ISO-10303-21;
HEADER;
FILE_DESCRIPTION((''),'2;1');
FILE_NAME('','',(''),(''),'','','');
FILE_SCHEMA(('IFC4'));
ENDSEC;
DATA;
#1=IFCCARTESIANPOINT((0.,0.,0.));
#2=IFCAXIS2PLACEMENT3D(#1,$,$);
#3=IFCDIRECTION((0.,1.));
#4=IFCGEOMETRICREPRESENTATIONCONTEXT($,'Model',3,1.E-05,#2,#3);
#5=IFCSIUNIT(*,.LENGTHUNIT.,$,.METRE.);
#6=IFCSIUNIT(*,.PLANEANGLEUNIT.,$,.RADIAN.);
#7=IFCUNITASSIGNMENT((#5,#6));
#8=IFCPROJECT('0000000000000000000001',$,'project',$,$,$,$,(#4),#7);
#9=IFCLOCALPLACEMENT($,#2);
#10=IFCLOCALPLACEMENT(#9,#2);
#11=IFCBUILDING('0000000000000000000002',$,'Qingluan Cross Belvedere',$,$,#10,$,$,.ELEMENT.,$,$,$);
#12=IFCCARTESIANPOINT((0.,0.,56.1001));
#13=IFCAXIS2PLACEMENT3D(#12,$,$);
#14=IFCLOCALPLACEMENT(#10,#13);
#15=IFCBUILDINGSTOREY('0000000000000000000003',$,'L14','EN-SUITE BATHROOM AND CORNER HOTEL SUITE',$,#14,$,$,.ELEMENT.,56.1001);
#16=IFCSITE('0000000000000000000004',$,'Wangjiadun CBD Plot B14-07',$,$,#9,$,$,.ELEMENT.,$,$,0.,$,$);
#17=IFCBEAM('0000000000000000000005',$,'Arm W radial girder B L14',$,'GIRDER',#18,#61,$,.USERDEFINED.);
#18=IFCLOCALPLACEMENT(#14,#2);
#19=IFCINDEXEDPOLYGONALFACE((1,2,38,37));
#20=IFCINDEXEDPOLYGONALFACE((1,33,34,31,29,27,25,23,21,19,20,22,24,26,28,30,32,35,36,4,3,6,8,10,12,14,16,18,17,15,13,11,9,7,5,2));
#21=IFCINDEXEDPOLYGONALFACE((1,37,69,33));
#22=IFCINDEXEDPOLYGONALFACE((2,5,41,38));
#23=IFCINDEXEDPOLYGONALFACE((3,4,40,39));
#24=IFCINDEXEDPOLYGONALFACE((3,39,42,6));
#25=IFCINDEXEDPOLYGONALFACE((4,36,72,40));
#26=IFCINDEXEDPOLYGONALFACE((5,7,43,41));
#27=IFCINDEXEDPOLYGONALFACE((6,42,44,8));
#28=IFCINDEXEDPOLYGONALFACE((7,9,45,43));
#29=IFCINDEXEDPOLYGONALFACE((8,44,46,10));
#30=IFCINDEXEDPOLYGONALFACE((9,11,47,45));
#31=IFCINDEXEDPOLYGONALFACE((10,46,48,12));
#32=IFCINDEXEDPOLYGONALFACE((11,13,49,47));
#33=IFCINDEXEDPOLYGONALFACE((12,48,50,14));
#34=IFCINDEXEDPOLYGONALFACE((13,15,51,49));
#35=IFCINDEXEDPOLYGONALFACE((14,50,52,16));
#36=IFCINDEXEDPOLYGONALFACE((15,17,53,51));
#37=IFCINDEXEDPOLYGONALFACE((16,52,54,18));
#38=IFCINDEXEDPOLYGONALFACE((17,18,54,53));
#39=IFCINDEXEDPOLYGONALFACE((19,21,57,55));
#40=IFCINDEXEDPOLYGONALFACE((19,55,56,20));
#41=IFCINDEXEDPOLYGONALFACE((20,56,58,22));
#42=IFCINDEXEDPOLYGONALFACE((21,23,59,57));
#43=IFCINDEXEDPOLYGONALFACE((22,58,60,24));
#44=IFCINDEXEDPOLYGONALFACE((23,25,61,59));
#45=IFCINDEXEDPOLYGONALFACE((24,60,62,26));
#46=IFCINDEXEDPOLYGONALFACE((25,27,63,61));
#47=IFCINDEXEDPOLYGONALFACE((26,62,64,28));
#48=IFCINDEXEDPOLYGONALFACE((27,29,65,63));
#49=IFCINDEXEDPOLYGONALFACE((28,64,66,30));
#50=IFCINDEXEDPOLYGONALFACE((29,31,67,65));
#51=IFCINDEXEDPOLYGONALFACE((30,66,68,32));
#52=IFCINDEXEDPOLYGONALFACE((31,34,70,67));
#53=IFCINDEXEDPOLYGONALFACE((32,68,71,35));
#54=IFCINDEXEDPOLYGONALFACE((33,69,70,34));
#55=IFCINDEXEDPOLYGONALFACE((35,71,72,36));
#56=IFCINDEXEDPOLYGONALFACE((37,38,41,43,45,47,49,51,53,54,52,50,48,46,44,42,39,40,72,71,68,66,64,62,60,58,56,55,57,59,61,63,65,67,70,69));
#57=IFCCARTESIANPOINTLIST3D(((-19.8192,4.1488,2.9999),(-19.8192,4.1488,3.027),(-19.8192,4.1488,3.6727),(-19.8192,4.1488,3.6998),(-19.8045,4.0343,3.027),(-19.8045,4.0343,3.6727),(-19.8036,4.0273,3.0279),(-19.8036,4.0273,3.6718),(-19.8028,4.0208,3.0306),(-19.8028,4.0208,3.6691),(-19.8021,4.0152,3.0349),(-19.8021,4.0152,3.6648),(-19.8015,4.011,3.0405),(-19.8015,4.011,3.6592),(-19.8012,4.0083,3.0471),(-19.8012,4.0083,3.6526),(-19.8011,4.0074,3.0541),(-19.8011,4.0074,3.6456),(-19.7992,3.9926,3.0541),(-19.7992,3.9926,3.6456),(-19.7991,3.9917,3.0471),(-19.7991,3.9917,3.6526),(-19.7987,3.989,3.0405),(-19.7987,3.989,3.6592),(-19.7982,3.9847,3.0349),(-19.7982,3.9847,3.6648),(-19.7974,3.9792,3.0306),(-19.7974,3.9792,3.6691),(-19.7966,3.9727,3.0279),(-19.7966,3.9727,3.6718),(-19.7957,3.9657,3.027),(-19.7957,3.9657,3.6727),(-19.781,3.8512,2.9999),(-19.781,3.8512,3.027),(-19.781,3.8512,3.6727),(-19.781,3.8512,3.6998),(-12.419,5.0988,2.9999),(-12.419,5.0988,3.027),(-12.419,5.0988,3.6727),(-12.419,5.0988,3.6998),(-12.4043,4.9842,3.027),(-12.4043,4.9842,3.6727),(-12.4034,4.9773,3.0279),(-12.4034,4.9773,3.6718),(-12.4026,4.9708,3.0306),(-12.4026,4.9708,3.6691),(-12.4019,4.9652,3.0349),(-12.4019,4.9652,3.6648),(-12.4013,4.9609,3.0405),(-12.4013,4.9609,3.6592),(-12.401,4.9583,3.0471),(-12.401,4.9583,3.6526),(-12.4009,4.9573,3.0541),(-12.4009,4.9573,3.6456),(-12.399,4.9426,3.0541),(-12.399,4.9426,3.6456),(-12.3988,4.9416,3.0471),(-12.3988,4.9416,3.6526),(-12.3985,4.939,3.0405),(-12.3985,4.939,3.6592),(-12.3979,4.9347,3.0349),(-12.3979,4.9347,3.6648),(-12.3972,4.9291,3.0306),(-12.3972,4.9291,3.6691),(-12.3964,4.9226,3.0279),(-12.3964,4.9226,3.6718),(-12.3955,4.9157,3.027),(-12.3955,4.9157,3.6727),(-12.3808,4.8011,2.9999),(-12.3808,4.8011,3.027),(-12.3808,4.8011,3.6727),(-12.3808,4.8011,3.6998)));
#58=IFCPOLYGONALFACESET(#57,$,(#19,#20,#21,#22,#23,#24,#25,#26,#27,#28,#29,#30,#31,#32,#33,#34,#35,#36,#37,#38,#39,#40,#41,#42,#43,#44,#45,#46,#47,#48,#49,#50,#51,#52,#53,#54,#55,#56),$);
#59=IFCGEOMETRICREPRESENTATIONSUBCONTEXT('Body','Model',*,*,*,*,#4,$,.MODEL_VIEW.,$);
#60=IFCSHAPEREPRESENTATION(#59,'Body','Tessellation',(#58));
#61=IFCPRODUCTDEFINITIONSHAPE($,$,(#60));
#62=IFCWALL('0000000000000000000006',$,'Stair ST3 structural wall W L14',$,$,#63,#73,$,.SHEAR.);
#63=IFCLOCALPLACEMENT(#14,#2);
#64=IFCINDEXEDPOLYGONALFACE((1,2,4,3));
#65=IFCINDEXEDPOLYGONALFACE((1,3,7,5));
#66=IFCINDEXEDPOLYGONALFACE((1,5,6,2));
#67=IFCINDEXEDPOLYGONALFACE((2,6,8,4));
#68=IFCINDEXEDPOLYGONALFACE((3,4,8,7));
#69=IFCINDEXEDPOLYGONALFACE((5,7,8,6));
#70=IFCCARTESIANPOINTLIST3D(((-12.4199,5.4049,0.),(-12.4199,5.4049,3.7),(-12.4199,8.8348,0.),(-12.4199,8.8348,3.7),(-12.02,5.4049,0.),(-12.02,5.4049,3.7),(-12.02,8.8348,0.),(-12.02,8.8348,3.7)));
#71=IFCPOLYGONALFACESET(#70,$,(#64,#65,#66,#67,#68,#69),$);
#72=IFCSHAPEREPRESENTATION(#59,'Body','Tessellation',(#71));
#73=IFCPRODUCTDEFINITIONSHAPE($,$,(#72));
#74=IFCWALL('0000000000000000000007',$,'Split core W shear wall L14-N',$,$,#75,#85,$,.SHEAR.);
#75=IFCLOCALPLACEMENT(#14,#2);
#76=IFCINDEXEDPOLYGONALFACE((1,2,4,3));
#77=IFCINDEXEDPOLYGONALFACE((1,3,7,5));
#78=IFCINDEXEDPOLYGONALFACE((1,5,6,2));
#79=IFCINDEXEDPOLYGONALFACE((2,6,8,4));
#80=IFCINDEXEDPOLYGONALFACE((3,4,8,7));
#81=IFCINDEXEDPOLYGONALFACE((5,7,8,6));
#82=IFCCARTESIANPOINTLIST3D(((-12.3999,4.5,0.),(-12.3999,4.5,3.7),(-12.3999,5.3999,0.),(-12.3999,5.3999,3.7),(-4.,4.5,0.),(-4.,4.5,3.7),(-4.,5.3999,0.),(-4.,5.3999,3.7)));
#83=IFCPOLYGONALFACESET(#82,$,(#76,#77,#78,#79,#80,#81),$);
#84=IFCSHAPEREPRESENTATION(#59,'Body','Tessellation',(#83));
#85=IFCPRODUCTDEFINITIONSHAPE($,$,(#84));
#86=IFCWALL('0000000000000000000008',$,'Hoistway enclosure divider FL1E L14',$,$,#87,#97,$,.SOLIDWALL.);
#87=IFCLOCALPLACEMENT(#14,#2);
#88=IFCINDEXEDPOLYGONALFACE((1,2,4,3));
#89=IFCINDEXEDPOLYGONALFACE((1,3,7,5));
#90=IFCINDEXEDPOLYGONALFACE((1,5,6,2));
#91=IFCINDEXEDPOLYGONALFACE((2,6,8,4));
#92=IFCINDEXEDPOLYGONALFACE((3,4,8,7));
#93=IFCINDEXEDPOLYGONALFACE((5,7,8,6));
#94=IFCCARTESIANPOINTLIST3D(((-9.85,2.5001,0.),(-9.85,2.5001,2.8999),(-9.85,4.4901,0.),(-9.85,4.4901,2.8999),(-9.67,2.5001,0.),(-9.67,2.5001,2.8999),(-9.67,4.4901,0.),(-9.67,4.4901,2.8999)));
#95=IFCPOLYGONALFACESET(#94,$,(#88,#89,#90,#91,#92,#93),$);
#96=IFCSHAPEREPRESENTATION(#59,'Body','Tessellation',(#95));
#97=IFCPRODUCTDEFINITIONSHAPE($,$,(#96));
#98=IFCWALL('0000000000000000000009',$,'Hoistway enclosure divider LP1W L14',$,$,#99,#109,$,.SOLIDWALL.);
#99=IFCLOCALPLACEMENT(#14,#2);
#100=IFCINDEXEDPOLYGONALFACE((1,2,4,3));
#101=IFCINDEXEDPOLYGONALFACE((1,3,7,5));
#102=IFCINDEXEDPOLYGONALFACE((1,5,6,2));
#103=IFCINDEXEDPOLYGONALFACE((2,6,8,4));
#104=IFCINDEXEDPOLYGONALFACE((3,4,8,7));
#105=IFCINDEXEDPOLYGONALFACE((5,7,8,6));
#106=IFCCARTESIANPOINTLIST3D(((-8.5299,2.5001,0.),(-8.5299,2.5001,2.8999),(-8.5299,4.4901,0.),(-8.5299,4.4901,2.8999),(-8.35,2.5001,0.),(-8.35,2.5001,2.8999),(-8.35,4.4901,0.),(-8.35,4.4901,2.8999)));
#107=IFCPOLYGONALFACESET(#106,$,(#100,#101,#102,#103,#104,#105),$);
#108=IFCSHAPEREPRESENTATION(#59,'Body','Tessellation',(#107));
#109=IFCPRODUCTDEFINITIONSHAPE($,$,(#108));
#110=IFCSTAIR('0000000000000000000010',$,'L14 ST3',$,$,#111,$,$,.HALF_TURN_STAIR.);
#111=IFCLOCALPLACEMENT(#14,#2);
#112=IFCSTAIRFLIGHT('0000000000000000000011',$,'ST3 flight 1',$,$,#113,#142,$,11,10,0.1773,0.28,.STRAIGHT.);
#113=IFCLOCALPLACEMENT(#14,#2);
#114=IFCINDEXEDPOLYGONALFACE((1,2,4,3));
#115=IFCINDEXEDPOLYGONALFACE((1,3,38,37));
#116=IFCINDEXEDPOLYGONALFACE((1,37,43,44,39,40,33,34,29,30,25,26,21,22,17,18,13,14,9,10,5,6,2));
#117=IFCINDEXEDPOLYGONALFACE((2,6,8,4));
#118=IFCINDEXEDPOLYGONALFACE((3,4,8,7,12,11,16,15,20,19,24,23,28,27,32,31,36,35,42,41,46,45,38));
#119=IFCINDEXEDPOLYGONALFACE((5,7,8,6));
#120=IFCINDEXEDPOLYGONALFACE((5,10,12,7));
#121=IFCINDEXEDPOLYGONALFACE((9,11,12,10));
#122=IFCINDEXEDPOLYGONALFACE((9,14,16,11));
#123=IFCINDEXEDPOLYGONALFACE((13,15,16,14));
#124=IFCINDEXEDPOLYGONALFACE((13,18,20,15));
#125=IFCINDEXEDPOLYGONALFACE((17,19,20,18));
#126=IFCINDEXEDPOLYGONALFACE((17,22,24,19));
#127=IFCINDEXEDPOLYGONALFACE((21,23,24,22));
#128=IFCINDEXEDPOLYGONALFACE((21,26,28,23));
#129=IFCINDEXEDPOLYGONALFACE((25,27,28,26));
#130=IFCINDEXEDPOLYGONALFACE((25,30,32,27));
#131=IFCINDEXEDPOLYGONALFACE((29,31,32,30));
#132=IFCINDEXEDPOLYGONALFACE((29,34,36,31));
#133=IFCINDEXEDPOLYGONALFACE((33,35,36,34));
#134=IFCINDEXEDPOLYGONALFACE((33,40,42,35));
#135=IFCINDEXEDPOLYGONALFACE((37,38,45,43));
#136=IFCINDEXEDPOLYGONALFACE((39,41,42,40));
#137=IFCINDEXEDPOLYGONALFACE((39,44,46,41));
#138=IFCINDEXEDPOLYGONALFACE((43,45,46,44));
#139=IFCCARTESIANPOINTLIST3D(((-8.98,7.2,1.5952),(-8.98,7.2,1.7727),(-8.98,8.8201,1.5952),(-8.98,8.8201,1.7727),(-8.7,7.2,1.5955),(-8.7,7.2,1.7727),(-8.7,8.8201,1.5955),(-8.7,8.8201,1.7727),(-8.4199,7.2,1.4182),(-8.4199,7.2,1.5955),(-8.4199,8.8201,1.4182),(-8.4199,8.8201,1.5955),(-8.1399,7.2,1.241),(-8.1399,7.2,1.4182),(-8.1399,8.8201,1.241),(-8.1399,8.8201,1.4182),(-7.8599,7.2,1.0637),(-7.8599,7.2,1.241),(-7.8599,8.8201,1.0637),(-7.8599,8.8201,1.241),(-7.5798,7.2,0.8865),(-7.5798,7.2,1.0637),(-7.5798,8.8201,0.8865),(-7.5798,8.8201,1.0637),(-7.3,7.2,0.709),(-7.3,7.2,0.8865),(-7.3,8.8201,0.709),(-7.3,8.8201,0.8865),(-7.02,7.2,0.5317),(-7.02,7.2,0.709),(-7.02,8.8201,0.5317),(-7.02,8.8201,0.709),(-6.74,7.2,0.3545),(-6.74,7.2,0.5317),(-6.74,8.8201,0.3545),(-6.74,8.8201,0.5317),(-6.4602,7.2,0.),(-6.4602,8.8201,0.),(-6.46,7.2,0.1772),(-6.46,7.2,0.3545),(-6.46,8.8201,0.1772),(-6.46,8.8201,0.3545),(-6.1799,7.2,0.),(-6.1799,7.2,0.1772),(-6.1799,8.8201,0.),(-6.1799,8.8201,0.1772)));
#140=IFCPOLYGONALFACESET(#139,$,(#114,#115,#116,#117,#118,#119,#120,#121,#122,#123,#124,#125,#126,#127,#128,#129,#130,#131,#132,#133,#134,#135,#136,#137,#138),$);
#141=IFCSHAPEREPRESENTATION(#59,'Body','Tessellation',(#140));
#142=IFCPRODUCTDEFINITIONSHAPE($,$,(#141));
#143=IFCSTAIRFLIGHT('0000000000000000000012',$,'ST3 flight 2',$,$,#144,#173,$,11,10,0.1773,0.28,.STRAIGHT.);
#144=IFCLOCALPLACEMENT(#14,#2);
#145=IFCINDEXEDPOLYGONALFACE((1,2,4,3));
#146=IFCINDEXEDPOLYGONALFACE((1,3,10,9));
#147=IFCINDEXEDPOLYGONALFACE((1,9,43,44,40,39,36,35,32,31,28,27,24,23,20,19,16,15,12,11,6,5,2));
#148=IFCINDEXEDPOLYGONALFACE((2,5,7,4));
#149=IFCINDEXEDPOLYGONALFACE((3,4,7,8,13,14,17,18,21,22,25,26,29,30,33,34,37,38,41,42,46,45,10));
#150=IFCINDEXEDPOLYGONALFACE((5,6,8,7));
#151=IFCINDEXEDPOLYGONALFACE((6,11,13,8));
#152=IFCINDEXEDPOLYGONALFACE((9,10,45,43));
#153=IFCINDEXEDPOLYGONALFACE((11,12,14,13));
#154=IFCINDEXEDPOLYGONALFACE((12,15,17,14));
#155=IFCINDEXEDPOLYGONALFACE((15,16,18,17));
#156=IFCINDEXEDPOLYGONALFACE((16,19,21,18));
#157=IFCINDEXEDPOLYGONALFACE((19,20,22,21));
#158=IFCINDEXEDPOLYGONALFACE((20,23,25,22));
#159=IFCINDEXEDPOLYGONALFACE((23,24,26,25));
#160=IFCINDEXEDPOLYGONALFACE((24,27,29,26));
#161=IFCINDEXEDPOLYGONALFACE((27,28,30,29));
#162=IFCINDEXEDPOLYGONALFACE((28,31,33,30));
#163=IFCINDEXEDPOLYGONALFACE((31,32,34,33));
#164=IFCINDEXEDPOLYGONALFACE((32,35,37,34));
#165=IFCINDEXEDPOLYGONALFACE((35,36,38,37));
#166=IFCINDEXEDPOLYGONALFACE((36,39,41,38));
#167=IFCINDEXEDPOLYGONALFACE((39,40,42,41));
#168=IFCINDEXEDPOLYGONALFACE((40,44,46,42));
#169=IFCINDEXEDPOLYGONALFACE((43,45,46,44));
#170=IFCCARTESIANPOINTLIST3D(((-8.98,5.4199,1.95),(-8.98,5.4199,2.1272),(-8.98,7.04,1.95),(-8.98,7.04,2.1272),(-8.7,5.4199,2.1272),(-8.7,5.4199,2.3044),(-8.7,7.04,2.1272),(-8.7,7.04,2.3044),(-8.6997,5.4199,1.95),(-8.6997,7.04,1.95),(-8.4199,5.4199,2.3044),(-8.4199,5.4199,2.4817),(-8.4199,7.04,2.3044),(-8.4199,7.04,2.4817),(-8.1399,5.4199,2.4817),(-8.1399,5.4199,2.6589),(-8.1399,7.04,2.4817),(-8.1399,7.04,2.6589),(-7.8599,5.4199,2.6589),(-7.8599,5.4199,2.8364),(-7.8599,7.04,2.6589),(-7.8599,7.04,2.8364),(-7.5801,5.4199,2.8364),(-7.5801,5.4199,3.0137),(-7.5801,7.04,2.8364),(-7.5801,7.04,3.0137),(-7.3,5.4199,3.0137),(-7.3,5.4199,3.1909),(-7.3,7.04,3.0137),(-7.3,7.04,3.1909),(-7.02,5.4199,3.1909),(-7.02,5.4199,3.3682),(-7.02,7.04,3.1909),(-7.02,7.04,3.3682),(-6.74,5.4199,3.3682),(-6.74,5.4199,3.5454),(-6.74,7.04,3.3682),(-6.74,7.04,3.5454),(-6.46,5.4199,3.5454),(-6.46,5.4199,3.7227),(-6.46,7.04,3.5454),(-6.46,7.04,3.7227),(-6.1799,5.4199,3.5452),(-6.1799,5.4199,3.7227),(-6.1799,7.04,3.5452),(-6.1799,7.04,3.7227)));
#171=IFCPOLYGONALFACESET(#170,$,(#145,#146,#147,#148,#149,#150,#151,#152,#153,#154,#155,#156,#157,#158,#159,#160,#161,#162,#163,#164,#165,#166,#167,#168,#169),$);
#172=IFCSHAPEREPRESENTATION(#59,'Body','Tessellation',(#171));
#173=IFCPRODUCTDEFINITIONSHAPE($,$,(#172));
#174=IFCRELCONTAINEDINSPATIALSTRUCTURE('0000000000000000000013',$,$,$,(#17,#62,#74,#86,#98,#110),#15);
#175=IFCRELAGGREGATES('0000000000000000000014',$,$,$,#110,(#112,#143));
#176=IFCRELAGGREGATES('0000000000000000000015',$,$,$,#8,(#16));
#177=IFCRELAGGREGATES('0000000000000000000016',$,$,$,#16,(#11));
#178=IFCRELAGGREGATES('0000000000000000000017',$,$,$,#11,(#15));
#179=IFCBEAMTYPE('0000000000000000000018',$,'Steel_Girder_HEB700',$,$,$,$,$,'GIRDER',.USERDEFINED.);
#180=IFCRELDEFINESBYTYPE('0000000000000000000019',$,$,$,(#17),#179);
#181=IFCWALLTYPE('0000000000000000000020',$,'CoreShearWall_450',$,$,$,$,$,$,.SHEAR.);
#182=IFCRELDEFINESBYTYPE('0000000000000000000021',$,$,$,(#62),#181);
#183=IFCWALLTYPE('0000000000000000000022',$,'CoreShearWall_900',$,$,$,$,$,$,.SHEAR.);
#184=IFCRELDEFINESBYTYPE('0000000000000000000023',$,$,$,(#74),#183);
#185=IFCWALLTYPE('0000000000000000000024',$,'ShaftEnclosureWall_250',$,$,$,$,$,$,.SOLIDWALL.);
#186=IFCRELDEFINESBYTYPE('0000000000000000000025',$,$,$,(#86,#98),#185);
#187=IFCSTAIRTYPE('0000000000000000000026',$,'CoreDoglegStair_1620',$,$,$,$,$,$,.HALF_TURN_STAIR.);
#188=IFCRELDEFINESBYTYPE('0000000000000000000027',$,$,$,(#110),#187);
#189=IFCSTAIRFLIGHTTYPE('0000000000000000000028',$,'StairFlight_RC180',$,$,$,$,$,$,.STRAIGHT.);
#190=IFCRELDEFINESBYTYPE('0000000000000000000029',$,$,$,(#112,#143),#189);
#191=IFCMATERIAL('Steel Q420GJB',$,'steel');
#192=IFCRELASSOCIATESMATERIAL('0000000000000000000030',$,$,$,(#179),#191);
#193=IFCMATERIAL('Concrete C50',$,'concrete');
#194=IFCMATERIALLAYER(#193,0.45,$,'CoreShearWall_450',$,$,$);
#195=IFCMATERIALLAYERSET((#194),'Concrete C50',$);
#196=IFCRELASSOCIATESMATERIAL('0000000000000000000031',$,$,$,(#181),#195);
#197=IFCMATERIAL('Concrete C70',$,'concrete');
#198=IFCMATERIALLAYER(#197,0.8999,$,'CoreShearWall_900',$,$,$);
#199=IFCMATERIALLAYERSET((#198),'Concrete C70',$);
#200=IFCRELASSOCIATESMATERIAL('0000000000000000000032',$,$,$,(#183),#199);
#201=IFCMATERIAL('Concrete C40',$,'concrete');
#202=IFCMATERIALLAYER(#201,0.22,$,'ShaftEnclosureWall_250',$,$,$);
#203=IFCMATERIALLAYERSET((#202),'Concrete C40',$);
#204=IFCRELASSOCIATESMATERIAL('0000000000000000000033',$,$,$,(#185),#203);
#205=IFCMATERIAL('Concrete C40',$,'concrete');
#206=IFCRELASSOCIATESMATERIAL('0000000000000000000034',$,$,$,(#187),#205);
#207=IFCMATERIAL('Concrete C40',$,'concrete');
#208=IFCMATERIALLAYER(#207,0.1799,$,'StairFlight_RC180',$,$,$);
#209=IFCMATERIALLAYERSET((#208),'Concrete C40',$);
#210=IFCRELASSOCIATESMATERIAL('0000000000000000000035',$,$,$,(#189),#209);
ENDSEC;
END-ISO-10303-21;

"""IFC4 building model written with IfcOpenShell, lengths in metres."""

from ifc_helpers import new_model, si_unit, direction, frame, frame_2d, origin, origin_2d, place, context, subcontext, project, spatial, polyline, rectangle, i_section, outline, extrude, material, layer, layer_set, material_profile, profile_set, type_object, element, aggregate, save


model = new_model("IFC4")

# Units and contexts
model_context = context("Model", 3, precision=1e-05, world=origin(), true_north=direction((0.0, 1.0)))
body_context = subcontext(model_context, "Body", "Model", "MODEL_VIEW")
ifc_project = project(units=[si_unit("LENGTHUNIT", "METRE"), si_unit("PLANEANGLEUNIT", "RADIAN")], contexts=[model_context])

# Site, building, storey
site_placement = place(None, origin())
site = spatial("IfcSite", under=ifc_project, at=site_placement, Name="Wangjiadun CBD Plot B14-07", CompositionType="ELEMENT", RefElevation=0.0)
building_placement = place(site_placement, origin())
building = spatial("IfcBuilding", under=site, at=building_placement, Name="Qingluan Cross Belvedere", CompositionType="ELEMENT")
storey_placement = place(building_placement, frame((0.0, 0.0, 56.1001)))
storey = spatial("IfcBuildingStorey", under=building, at=storey_placement, Name="L14", Description="EN-SUITE BATHROOM AND CORNER HOTEL SUITE", CompositionType="ELEMENT", Elevation=56.1001)

# Beam
ifc_material_1 = material(Name="Steel Q420GJB", Category="steel")
ifc_material_profile_1 = material_profile(ifc_material_1, i_section(OverallWidth=0.3, OverallDepth=0.7, WebThickness=0.0149, FlangeThickness=0.0271, FilletRadius=0.0271, at=origin_2d()), Name="HEB700")
ifc_profile_set_1 = profile_set([ifc_material_profile_1], Name="Steel Q420GJB")
beam_type_1 = type_object("IfcBeamType", Name="Steel_Girder_HEB700", ElementType="GIRDER", PredefinedType="USERDEFINED", material=ifc_profile_set_1)
beam_1_placement = place(storey_placement, frame((-12.3999, 4.95, 3.3499), z_axis=(-0.991861, -0.127324, 0.0), x_axis=(0.127324, -0.991861, 0.0)))
element("IfcBeam", 1, at=beam_1_placement, inside=storey, type_object=beam_type_1, Name="Arm W radial girder B L14", ObjectType="GIRDER", PredefinedType="USERDEFINED", context=body_context, shape_type="SweptSolid", body=[
    extrude(i_section(OverallWidth=0.3, OverallDepth=0.7, WebThickness=0.0149, FlangeThickness=0.0271, FilletRadius=0.0271, at=origin_2d()), origin(), (0.0, 0.0, 1.0), 7.4609),
])

# Wall
ifc_material_2 = material(Name="Concrete C50", Category="concrete")
ifc_layer_1 = layer(ifc_material_2, 0.45, Name="CoreShearWall_450")
ifc_layer_set_1 = layer_set([ifc_layer_1], Name="Concrete C50")
wall_type_1 = type_object("IfcWallType", Name="CoreShearWall_450", PredefinedType="SHEAR", material=ifc_layer_set_1)
wall_1_placement = place(storey_placement, frame((-12.22, 5.405, 0.0), z_axis=(0.0, 0.0, 1.0), x_axis=(0.0, 1.0, 0.0)))
element("IfcWall", 2, at=wall_1_placement, inside=storey, type_object=wall_type_1, Name="Stair ST3 structural wall W L14", PredefinedType="SHEAR", context=body_context, shape_type="SweptSolid", body=[
    extrude(rectangle(XDim=3.4299, YDim=0.3999, at=frame_2d((1.7148, 0.0))), origin(), (0.0, 0.0, 1.0), 3.7),
])

# Wall
ifc_material_3 = material(Name="Concrete C70", Category="concrete")
ifc_layer_2 = layer(ifc_material_3, 0.8999, Name="CoreShearWall_900")
ifc_layer_set_2 = layer_set([ifc_layer_2], Name="Concrete C70")
wall_type_2 = type_object("IfcWallType", Name="CoreShearWall_900", PredefinedType="SHEAR", material=ifc_layer_set_2)
wall_2_placement = place(storey_placement, frame((-12.3999, 4.95, 0.0), z_axis=(0.0, 0.0, 1.0), x_axis=(1.0, 0.0, 0.0)))
element("IfcWall", 3, at=wall_2_placement, inside=storey, type_object=wall_type_2, Name="Split core W shear wall L14-N", PredefinedType="SHEAR", context=body_context, shape_type="SweptSolid", body=[
    extrude(rectangle(XDim=8.3999, YDim=0.8999, at=frame_2d((4.2, 0.0))), origin(), (0.0, 0.0, 1.0), 3.7),
])

# Shared definitions
ifc_material_4 = material(Name="Concrete C40", Category="concrete")
ifc_layer_3 = layer(ifc_material_4, 0.22, Name="ShaftEnclosureWall_250")
ifc_layer_set_3 = layer_set([ifc_layer_3], Name="Concrete C40")
wall_type_3 = type_object("IfcWallType", Name="ShaftEnclosureWall_250", PredefinedType="SOLIDWALL", material=ifc_layer_set_3)

# Walls
for number, where, z_axis, x_axis, name in (
    (4, (-9.76, 2.5, 0.0), (0.0, 0.0, 1.0), (0.0, 1.0, 0.0), "Hoistway enclosure divider FL1E L14"),
    (5, (-8.4399, 2.5, 0.0), (0.0, 0.0, 1.0), (0.0, 1.0, 0.0), "Hoistway enclosure divider LP1W L14"),
):
    element("IfcWall", number, at=place(storey_placement, frame(where, z_axis=z_axis, x_axis=x_axis)), inside=storey, type_object=wall_type_3, Name=name, PredefinedType="SOLIDWALL", context=body_context, shape_type="SweptSolid", body=[
        extrude(rectangle(XDim=1.99, YDim=0.1799, at=frame_2d((0.9951, 0.0))), origin(), (0.0, 0.0, 1.0), 2.8999),
    ])

# Stair, stair flights
ifc_material_5 = material(Name="Concrete C40", Category="concrete")
stair_type = type_object("IfcStairType", Name="CoreDoglegStair_1620", PredefinedType="HALF_TURN_STAIR", material=ifc_material_5)
stair_placement = place(storey_placement, origin())
stair = element("IfcStair", 6, at=stair_placement, inside=storey, type_object=stair_type, Name="L14 ST3", PredefinedType="HALF_TURN_STAIR")
ifc_material_6 = material(Name="Concrete C40", Category="concrete")
ifc_layer_4 = layer(ifc_material_6, 0.1799, Name="StairFlight_RC180")
ifc_layer_set_4 = layer_set([ifc_layer_4], Name="Concrete C40")
stair_flight_type = type_object("IfcStairFlightType", Name="StairFlight_RC180", PredefinedType="STRAIGHT", material=ifc_layer_set_4)
stair_flight_1_placement = place(storey_placement, frame((-6.1799, 8.01, 0.0), z_axis=(0.0, 0.0, 1.0), x_axis=(-1.0, 0.0, 0.0)))
stair_flight_1 = element("IfcStairFlight", 7, at=stair_flight_1_placement, type_object=stair_flight_type, Name="ST3 flight 1", NumberOfRisers=11, NumberOfTreads=10, PredefinedType="STRAIGHT", RiserHeight=0.1773, TreadLength=0.28, context=body_context, shape_type="SweptSolid", body=[
    extrude(outline(polyline([(0.0, 0.0), (0.0, 0.1772), (0.28, 0.1772), (0.28, 0.3545), (0.5601, 0.3545), (0.5601, 0.5317), (0.8401, 0.5317), (0.8401, 0.709), (1.1201, 0.709), (1.1201, 0.8865), (1.3999, 0.8865), (1.3999, 1.0637), (1.6799, 1.0637), (1.6799, 1.241), (1.96, 1.241), (1.96, 1.4182), (2.24, 1.4182), (2.24, 1.5955), (2.52, 1.5955), (2.52, 1.7727), (2.8, 1.7727), (2.8, 1.95), (2.8, 1.5952), (0.2803, 0.0), (0.0, 0.0)])), frame((0.0, 0.8101, 0.0), z_axis=(0.0, -1.0, 0.0), x_axis=(1.0, 0.0, 0.0)), (0.0, 0.0, 1.0), 1.6201),
])
stair_flight_2_placement = place(storey_placement, frame((-8.98, 6.23, 1.95), z_axis=(0.0, 0.0, 1.0), x_axis=(1.0, 0.0, 0.0)))
stair_flight_2 = element("IfcStairFlight", 8, at=stair_flight_2_placement, type_object=stair_flight_type, Name="ST3 flight 2", NumberOfRisers=11, NumberOfTreads=10, PredefinedType="STRAIGHT", RiserHeight=0.1773, TreadLength=0.28, context=body_context, shape_type="SweptSolid", body=[
    extrude(outline(polyline([(0.0, 0.0), (0.0, 0.1772), (0.28, 0.1772), (0.28, 0.3545), (0.5601, 0.3545), (0.5601, 0.5317), (0.8401, 0.5317), (0.8401, 0.709), (1.1201, 0.709), (1.1201, 0.8865), (1.3999, 0.8865), (1.3999, 1.0637), (1.6799, 1.0637), (1.6799, 1.241), (1.96, 1.241), (1.96, 1.4182), (2.24, 1.4182), (2.24, 1.5955), (2.52, 1.5955), (2.52, 1.7727), (2.8, 1.7727), (2.8, 1.95), (2.8, 1.5952), (0.2803, 0.0), (0.0, 0.0)])), frame((0.0, 0.8101, 0.0), z_axis=(0.0, -1.0, 0.0), x_axis=(1.0, 0.0, 0.0)), (0.0, 0.0, 1.0), 1.6201),
])
aggregate(stair, [stair_flight_1, stair_flight_2])

save(model, "model.ifc")
